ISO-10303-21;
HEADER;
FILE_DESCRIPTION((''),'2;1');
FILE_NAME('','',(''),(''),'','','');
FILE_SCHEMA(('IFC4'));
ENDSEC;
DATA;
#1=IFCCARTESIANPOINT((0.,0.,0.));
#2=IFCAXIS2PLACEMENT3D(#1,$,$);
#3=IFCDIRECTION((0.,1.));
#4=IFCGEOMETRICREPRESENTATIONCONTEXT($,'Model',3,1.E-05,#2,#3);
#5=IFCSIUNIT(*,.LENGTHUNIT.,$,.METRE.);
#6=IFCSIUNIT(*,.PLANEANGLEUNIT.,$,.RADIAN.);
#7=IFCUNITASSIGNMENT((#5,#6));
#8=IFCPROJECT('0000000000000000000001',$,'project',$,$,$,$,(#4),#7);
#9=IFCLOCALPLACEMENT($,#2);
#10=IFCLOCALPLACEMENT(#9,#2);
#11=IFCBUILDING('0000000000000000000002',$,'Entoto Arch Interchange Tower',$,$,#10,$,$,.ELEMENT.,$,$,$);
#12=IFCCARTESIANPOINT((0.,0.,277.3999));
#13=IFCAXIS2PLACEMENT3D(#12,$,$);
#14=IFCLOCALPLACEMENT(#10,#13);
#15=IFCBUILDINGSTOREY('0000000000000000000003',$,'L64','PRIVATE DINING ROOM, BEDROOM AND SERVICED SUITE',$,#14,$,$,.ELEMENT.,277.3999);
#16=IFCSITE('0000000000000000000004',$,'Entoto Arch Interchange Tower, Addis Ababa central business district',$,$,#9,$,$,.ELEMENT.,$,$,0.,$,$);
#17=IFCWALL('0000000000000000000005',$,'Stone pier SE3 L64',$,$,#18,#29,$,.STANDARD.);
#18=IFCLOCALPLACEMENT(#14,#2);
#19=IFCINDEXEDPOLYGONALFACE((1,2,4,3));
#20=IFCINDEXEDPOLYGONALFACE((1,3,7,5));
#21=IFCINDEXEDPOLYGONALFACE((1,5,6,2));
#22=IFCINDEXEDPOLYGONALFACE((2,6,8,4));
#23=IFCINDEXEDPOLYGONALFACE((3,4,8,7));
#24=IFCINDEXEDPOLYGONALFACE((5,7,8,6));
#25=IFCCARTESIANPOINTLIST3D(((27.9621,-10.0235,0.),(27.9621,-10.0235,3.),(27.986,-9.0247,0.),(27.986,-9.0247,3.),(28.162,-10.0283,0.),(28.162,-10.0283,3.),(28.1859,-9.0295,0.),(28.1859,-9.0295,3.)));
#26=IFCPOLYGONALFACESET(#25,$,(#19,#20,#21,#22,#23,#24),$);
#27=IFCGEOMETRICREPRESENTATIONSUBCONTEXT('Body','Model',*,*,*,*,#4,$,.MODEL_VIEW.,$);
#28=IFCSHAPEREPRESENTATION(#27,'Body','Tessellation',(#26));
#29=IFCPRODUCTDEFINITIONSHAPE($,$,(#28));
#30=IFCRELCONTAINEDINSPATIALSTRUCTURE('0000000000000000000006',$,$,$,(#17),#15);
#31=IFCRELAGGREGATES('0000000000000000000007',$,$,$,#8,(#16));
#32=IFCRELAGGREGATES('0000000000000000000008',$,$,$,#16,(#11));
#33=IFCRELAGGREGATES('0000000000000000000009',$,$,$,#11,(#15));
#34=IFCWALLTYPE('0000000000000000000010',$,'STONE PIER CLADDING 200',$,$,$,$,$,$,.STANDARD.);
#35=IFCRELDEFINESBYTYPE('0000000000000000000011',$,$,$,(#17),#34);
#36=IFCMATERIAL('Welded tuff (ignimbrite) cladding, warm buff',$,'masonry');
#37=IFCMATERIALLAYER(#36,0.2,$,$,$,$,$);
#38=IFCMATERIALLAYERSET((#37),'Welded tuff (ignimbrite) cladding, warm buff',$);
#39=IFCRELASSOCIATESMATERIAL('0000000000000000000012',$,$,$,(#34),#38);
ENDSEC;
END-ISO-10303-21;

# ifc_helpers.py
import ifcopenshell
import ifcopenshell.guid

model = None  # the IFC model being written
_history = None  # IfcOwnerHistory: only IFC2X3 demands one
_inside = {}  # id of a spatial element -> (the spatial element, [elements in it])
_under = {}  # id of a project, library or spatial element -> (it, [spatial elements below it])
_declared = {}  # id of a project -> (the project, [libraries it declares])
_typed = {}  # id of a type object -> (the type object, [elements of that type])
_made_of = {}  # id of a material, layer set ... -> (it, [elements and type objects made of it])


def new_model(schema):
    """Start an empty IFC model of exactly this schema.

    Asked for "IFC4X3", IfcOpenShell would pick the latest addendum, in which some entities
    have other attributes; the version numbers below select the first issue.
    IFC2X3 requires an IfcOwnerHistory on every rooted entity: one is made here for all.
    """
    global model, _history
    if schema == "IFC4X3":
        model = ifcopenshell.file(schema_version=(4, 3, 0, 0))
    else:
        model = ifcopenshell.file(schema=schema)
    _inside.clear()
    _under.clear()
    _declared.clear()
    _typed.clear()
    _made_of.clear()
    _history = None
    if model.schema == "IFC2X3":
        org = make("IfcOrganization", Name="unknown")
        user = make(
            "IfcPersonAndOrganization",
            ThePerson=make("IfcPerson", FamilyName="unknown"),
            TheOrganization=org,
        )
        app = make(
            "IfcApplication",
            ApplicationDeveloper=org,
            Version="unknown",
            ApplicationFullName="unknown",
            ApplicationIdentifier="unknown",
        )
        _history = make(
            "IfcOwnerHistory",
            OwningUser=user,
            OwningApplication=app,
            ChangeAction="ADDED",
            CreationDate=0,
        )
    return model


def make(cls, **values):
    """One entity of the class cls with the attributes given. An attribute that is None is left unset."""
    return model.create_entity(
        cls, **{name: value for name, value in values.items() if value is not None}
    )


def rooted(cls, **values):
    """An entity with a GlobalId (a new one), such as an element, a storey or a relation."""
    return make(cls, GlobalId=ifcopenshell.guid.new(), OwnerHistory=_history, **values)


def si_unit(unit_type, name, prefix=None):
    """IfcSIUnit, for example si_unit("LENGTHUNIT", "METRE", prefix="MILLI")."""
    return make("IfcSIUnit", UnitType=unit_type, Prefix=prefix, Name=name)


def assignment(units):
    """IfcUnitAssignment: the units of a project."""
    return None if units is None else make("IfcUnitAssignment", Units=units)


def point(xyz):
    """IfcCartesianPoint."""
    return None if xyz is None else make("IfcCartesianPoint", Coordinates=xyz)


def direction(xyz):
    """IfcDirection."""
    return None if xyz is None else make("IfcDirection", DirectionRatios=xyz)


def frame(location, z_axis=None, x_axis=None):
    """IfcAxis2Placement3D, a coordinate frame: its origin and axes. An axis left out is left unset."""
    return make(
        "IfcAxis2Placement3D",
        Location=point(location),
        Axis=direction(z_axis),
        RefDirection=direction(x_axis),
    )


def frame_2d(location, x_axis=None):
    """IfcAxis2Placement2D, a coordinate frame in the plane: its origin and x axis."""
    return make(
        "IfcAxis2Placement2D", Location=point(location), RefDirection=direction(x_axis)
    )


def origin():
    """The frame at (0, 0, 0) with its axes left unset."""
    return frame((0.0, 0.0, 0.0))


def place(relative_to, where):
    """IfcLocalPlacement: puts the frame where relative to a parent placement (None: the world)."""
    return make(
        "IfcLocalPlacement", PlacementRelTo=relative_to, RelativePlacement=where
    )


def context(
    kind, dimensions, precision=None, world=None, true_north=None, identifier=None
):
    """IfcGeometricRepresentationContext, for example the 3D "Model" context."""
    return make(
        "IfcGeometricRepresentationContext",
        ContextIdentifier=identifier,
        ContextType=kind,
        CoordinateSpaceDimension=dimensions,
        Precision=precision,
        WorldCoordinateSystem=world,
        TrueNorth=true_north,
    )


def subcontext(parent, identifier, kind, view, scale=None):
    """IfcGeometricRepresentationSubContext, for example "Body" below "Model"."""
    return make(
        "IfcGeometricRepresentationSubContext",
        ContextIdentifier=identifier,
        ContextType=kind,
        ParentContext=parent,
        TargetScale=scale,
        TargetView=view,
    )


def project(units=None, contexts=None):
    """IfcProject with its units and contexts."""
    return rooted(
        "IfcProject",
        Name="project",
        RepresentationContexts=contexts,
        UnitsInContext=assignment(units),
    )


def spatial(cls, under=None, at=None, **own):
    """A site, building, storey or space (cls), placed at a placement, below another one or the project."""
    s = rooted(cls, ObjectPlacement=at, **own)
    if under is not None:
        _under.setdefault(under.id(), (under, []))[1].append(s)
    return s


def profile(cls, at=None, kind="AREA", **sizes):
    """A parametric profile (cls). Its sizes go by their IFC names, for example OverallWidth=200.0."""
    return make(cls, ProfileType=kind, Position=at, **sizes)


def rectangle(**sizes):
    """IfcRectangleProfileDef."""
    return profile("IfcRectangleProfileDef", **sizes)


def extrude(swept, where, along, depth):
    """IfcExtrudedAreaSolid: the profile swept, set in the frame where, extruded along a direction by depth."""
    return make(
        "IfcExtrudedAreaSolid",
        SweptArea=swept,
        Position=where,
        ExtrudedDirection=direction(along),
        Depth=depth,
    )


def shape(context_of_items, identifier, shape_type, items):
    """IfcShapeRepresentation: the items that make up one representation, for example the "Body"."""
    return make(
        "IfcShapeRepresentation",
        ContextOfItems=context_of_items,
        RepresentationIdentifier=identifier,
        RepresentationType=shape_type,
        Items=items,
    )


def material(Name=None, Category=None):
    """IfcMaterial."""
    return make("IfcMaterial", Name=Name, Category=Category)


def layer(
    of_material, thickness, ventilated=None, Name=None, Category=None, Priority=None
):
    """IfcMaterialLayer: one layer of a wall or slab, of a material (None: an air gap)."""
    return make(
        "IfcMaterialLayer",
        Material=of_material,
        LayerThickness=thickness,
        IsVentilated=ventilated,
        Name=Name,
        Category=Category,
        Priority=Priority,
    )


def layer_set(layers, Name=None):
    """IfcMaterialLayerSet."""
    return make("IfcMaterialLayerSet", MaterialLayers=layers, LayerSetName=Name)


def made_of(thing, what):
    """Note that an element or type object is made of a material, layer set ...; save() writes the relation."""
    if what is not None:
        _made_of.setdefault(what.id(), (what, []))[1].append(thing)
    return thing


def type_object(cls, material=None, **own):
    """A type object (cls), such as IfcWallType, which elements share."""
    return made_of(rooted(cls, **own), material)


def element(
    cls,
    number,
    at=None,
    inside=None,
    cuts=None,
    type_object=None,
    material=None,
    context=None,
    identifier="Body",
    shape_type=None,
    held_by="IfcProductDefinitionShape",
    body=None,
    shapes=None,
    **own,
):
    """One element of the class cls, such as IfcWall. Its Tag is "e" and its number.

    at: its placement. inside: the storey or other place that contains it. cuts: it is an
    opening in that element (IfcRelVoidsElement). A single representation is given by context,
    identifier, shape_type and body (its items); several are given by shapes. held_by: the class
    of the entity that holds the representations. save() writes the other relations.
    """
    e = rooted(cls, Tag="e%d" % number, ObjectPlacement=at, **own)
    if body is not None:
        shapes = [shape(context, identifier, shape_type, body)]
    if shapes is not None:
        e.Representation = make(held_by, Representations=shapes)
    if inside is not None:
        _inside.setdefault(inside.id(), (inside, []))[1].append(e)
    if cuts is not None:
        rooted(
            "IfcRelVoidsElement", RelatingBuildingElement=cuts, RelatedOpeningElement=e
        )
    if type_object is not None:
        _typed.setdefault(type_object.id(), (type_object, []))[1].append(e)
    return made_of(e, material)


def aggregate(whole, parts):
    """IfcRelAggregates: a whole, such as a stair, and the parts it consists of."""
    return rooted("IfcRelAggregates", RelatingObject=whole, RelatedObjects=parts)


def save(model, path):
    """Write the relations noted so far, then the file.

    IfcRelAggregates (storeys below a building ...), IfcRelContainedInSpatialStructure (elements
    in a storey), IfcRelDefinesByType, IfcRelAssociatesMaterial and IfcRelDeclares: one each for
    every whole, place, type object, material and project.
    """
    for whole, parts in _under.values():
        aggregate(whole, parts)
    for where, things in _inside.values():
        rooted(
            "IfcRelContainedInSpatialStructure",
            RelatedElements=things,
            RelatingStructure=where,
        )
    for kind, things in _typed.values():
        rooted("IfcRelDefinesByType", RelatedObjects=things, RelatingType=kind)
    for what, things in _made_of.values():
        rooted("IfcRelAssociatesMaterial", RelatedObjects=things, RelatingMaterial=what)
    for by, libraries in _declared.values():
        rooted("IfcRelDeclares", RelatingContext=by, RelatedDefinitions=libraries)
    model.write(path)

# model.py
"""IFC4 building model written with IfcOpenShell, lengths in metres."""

from ifc_helpers import new_model, si_unit, direction, frame, frame_2d, origin, place, context, subcontext, project, spatial, rectangle, extrude, material, layer, layer_set, type_object, element, save


model = new_model("IFC4")

# Units and contexts
model_context = context("Model", 3, precision=1e-05, world=origin(), true_north=direction((0.0, 1.0)))
body_context = subcontext(model_context, "Body", "Model", "MODEL_VIEW")
ifc_project = project(units=[si_unit("LENGTHUNIT", "METRE"), si_unit("PLANEANGLEUNIT", "RADIAN")], contexts=[model_context])

# Site, building, storey
site_placement = place(None, origin())
site = spatial("IfcSite", under=ifc_project, at=site_placement, Name="Entoto Arch Interchange Tower, Addis Ababa central business district", CompositionType="ELEMENT", RefElevation=0.0)
building_placement = place(site_placement, origin())
building = spatial("IfcBuilding", under=site, at=building_placement, Name="Entoto Arch Interchange Tower", CompositionType="ELEMENT")
storey_placement = place(building_placement, frame((0.0, 0.0, 277.3999)))
storey = spatial("IfcBuildingStorey", under=building, at=storey_placement, Name="L64", Description="PRIVATE DINING ROOM, BEDROOM AND SERVICED SUITE", CompositionType="ELEMENT", Elevation=277.3999)

# Shared definitions
ifc_material_1 = material(Name="Welded tuff (ignimbrite) cladding, warm buff", Category="masonry")

# Wall
ifc_layer_1 = layer(ifc_material_1, 0.2)
ifc_layer_set_1 = layer_set([ifc_layer_1], Name="Welded tuff (ignimbrite) cladding, warm buff")
wall_type_1 = type_object("IfcWallType", Name="STONE PIER CLADDING 200", PredefinedType="STANDARD", material=ifc_layer_set_1)
wall_1_placement = place(storey_placement, frame((28.062, -10.0259, 0.0), z_axis=(0.0, 0.0, 1.0), x_axis=(0.023948, 0.999713, 0.0)))
element("IfcWall", 1, at=wall_1_placement, inside=storey, type_object=wall_type_1, Name="Stone pier SE3 L64", PredefinedType="STANDARD", context=body_context, shape_type="SweptSolid", body=[
    extrude(rectangle(XDim=0.999, YDim=0.2, at=frame_2d((0.4995, 0.0))), origin(), (0.0, 0.0, 1.0), 3.0),
])

save(model, "model.ifc")
